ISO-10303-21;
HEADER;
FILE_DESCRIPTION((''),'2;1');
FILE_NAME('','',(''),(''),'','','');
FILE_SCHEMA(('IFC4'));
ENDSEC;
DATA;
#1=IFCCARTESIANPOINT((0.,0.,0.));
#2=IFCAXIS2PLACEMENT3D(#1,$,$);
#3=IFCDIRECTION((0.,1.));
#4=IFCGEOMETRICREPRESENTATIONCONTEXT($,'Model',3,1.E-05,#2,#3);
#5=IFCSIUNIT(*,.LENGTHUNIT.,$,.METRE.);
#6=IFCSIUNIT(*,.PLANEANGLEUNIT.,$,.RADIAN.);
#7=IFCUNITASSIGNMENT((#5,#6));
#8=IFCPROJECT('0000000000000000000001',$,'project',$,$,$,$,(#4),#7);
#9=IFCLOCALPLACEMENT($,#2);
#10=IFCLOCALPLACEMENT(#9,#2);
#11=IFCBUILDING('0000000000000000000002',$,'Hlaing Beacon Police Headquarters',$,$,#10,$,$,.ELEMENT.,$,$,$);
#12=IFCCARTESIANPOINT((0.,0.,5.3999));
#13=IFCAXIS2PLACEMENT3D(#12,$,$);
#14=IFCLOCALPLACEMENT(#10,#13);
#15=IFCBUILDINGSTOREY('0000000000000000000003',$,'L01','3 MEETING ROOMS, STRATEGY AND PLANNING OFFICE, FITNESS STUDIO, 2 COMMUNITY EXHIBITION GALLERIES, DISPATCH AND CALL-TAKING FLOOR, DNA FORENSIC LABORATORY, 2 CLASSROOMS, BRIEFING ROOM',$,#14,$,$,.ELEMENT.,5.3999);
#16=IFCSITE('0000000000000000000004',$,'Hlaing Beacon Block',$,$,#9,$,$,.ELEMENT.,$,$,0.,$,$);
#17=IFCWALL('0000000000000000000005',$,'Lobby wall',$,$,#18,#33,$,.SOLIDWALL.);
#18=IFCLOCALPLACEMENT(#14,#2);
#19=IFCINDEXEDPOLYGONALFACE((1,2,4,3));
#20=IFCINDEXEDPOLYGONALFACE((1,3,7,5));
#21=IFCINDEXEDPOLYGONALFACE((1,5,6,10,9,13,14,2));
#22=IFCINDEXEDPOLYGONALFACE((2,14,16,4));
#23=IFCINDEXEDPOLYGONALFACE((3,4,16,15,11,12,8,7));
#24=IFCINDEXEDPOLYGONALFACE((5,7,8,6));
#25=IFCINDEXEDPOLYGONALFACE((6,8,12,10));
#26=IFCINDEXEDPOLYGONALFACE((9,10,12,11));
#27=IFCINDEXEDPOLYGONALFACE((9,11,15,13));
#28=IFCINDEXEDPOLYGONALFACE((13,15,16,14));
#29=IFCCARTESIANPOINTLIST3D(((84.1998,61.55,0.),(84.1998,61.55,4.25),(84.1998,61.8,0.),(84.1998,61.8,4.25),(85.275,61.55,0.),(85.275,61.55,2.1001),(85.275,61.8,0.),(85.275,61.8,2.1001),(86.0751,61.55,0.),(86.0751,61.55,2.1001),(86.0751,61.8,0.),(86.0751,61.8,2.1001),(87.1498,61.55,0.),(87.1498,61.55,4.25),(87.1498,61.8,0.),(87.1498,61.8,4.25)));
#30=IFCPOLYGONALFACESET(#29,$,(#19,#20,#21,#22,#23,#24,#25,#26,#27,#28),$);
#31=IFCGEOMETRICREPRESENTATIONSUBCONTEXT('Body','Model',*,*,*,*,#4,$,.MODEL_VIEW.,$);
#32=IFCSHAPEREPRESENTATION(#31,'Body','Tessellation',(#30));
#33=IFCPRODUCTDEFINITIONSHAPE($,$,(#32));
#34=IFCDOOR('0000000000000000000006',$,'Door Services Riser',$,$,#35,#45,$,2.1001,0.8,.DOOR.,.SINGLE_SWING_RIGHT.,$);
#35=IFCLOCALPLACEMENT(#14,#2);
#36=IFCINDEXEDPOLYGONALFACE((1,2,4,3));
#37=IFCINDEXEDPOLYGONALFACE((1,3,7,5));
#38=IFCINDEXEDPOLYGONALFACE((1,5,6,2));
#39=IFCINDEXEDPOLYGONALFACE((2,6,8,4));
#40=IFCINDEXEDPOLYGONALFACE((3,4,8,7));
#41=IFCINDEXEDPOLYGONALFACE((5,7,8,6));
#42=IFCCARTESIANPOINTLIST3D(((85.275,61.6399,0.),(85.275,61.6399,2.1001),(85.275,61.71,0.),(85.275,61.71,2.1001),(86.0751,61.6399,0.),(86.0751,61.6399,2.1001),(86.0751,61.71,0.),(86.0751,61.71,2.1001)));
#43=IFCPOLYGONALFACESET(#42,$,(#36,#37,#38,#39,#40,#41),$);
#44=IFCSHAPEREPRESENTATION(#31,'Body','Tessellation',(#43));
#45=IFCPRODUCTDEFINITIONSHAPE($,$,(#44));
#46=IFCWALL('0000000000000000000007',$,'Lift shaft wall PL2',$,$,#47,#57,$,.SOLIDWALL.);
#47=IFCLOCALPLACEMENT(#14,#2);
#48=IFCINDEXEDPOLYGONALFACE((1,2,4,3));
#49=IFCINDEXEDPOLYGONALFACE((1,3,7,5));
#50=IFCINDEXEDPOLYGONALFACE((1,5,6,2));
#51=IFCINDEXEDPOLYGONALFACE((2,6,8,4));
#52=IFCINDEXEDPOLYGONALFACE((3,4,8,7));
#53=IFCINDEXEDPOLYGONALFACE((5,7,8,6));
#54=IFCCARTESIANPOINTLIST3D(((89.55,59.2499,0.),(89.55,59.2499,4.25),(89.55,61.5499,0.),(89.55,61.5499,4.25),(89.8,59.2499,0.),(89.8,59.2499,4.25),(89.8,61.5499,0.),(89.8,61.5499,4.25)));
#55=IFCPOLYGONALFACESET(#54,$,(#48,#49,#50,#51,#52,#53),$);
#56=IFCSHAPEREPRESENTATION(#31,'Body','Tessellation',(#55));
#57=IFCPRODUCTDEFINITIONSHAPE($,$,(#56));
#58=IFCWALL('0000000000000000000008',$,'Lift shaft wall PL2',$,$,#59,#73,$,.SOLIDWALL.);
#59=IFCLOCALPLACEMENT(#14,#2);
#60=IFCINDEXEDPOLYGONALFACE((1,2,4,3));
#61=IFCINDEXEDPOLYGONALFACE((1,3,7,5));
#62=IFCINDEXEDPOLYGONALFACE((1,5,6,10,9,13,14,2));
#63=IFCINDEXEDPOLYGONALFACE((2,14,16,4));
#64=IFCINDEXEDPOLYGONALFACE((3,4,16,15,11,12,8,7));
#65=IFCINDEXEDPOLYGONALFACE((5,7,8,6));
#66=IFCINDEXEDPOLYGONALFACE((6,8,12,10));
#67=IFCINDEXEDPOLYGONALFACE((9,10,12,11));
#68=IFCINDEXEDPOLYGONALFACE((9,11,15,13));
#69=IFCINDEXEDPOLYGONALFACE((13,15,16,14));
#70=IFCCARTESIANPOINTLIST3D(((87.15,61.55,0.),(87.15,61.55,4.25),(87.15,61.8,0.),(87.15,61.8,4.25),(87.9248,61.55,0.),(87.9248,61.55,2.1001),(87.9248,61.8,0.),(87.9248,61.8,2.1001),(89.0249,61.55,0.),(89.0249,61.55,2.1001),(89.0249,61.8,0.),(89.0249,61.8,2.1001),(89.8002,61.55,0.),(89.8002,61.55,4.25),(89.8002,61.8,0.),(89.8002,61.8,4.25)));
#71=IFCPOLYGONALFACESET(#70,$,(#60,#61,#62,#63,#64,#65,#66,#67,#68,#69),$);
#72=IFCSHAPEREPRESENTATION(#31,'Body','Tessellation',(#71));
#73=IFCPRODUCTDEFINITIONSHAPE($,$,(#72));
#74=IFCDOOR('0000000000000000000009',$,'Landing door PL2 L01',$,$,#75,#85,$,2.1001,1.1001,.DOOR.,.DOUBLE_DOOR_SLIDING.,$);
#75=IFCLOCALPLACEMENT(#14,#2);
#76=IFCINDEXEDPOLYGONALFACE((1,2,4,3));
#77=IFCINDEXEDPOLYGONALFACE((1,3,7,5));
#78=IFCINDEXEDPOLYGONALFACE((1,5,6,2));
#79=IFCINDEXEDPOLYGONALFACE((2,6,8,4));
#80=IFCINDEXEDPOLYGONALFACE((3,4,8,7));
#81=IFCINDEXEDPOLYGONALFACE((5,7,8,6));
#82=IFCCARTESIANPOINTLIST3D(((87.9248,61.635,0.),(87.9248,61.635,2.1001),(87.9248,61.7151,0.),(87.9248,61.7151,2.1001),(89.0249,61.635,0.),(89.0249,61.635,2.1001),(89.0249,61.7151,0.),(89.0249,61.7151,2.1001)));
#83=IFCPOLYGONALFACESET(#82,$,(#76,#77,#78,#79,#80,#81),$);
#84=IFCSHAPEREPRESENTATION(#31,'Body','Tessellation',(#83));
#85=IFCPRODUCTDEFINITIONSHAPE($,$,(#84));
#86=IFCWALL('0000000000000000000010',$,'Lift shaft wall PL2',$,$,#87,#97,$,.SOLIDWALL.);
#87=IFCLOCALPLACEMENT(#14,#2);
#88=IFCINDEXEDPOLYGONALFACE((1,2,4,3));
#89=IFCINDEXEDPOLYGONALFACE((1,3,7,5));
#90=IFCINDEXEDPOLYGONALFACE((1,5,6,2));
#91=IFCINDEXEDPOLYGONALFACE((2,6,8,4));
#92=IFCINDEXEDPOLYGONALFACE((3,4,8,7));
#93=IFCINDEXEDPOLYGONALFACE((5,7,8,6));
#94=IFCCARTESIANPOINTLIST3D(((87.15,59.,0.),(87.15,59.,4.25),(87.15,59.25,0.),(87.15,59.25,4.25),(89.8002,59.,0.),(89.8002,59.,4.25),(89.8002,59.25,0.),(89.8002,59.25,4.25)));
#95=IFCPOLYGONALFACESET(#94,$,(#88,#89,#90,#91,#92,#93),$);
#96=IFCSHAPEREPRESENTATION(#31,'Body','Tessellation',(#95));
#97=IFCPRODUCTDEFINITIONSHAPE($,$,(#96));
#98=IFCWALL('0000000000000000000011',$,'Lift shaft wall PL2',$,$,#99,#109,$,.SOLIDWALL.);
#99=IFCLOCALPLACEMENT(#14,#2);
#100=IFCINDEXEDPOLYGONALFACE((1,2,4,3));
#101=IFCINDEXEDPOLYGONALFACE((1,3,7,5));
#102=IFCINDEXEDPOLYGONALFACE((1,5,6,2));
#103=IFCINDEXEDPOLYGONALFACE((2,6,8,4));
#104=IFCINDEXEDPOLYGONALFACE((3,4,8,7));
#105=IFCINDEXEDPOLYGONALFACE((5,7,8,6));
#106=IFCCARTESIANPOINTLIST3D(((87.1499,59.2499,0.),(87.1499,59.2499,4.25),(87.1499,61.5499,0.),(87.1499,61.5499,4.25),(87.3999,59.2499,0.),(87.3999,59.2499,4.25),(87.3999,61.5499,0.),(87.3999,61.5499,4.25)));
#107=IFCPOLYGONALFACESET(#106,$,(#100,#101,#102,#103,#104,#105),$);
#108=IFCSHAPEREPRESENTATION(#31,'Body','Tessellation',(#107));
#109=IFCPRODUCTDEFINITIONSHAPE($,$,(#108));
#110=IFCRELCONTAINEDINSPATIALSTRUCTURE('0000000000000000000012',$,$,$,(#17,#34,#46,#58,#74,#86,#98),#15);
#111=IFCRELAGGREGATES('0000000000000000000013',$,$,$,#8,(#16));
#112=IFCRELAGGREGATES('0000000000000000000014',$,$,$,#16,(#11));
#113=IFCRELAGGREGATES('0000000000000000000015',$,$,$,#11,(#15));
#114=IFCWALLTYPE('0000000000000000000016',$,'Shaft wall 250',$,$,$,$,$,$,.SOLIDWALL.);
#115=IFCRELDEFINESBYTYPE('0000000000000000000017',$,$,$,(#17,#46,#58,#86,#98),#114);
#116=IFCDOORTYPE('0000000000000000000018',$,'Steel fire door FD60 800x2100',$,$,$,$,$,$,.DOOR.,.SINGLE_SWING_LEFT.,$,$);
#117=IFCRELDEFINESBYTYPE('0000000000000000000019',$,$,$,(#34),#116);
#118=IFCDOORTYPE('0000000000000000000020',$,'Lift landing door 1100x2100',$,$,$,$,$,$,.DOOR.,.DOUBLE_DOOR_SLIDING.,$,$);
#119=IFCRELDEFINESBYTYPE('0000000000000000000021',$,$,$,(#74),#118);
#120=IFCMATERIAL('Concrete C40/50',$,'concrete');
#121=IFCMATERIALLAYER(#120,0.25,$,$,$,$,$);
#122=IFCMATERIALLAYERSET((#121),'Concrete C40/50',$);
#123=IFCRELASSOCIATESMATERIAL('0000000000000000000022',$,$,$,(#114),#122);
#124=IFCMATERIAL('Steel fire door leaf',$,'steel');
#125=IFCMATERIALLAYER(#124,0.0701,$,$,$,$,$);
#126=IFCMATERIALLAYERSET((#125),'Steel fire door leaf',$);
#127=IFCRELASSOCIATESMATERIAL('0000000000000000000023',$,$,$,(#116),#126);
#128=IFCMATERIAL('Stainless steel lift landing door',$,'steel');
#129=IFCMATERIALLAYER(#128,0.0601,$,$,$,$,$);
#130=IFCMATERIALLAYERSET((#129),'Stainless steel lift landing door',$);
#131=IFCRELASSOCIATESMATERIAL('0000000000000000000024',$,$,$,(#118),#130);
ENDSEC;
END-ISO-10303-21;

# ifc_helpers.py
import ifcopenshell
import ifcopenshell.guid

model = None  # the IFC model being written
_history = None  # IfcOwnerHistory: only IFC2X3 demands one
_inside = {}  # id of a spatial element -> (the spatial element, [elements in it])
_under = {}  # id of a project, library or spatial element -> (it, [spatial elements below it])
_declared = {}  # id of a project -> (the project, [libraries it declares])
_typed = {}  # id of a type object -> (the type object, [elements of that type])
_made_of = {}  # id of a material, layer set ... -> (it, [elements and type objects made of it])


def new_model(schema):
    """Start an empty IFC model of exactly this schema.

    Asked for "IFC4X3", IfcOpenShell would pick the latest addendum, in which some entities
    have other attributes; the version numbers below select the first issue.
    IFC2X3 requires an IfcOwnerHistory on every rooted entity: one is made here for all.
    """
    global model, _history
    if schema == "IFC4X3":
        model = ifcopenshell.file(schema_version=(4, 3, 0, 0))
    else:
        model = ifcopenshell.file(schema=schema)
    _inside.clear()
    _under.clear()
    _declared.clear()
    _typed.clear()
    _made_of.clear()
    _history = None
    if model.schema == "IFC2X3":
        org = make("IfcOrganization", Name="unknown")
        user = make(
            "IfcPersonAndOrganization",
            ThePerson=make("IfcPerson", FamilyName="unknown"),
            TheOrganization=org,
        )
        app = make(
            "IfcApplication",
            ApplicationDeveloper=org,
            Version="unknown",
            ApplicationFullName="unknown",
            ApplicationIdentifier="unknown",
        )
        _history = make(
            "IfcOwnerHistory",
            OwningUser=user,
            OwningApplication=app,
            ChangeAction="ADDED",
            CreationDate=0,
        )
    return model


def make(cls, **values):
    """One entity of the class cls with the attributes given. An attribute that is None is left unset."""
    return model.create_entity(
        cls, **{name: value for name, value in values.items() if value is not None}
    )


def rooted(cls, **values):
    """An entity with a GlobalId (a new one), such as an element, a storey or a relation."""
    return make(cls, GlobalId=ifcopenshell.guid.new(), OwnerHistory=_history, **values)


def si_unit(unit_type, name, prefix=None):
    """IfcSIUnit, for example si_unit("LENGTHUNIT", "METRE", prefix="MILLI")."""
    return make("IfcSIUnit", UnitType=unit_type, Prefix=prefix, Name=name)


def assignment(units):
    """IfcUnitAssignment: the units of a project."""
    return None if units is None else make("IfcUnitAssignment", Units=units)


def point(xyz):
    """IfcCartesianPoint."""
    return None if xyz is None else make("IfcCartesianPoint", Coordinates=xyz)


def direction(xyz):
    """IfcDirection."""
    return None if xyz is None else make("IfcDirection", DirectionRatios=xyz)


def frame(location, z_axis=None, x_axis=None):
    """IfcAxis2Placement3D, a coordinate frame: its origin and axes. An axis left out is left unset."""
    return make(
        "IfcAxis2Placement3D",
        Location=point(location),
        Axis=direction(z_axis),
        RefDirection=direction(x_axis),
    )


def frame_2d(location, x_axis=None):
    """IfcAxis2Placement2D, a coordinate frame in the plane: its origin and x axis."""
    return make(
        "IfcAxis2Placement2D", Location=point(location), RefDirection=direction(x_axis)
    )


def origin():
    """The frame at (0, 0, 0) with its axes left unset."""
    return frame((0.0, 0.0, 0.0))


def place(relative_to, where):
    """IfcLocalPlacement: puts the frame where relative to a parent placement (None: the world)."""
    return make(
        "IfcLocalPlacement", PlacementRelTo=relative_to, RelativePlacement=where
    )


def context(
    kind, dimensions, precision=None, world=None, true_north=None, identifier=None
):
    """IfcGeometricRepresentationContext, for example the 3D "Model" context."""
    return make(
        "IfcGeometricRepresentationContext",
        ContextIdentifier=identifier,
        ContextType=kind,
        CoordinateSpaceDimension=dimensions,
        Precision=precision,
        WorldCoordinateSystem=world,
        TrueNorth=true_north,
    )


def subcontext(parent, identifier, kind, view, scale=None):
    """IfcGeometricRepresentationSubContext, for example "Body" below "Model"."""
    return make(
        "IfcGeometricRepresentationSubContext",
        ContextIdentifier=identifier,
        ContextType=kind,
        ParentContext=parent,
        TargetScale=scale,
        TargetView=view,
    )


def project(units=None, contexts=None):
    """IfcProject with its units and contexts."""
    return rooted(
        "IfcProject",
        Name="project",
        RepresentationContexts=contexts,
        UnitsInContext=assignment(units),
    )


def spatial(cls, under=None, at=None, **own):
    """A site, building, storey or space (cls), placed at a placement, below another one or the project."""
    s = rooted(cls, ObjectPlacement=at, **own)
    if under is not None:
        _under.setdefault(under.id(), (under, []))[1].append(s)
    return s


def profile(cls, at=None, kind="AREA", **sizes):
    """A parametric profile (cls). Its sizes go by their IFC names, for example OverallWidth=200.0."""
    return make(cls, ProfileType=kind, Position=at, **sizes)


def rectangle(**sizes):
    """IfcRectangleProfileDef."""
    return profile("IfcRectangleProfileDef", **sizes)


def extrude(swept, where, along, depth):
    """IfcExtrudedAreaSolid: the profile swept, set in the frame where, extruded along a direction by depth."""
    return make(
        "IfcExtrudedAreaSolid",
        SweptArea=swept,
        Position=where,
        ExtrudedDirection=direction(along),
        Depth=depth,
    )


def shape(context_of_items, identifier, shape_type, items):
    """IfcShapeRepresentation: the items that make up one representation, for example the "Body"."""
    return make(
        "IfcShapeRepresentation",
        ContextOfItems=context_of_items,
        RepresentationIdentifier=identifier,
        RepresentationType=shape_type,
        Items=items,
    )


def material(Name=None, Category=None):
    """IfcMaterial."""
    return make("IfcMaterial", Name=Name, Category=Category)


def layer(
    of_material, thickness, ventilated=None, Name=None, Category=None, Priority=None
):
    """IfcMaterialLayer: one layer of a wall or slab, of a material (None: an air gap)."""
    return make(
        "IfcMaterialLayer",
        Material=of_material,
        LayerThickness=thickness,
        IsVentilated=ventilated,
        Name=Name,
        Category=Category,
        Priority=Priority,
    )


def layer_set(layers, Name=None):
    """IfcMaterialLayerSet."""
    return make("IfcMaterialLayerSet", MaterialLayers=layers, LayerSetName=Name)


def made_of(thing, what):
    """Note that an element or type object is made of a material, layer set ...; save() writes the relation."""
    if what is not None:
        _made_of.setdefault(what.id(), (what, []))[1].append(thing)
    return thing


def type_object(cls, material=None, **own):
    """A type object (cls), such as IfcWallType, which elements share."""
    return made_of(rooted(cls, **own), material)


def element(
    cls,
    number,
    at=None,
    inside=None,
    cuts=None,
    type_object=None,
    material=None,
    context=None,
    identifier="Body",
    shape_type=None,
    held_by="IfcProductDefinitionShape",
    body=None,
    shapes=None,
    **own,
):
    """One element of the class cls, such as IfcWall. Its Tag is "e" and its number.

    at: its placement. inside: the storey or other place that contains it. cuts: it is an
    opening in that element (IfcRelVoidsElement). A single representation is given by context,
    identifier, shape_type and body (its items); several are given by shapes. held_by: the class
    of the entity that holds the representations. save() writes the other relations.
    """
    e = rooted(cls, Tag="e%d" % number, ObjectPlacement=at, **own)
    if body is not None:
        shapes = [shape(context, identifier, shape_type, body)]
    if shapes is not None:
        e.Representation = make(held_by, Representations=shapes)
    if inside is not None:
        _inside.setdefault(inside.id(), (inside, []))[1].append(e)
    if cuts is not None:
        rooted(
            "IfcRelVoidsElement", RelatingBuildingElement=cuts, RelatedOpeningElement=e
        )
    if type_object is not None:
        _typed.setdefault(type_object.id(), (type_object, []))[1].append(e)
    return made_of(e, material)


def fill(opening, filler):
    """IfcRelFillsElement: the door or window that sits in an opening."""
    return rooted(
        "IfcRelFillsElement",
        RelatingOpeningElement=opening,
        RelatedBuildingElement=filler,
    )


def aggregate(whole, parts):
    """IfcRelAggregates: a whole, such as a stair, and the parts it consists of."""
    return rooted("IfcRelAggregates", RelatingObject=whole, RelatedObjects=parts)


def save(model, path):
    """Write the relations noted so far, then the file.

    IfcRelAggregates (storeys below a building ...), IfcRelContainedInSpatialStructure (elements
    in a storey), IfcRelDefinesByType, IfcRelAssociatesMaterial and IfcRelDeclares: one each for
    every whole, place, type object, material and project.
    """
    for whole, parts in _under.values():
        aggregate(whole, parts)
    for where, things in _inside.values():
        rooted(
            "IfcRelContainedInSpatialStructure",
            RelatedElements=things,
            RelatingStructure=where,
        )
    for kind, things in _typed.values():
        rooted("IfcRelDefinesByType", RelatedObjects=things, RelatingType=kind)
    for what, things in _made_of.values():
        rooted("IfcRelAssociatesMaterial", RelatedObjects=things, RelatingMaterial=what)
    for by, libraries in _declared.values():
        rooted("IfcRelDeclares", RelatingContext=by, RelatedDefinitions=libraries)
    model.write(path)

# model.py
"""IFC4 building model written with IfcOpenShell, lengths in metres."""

from ifc_helpers import new_model, si_unit, direction, frame, frame_2d, origin, place, context, subcontext, project, spatial, rectangle, extrude, material, layer, layer_set, type_object, element, fill, save


model = new_model("IFC4")

# Units and contexts
model_context = context("Model", 3, precision=1e-05, world=origin(), true_north=direction((0.0, 1.0)))
body_context = subcontext(model_context, "Body", "Model", "MODEL_VIEW")
ifc_project = project(units=[si_unit("LENGTHUNIT", "METRE"), si_unit("PLANEANGLEUNIT", "RADIAN")], contexts=[model_context])

# Site, building, storey
site_placement = place(None, origin())
site = spatial("IfcSite", under=ifc_project, at=site_placement, Name="Hlaing Beacon Block", CompositionType="ELEMENT", RefElevation=0.0)
building_placement = place(site_placement, origin())
building = spatial("IfcBuilding", under=site, at=building_placement, Name="Hlaing Beacon Police Headquarters", CompositionType="ELEMENT")
storey_placement = place(building_placement, frame((0.0, 0.0, 5.3999)))
storey = spatial("IfcBuildingStorey", under=building, at=storey_placement, Name="L01", Description="3 MEETING ROOMS, STRATEGY AND PLANNING OFFICE, FITNESS STUDIO, 2 COMMUNITY EXHIBITION GALLERIES, DISPATCH AND CALL-TAKING FLOOR, DNA FORENSIC LABORATORY, 2 CLASSROOMS, BRIEFING ROOM", CompositionType="ELEMENT", Elevation=5.3999)

# Wall, opening, door
ifc_material_1 = material(Name="Concrete C40/50", Category="concrete")
ifc_layer_1 = layer(ifc_material_1, 0.25)
ifc_layer_set_1 = layer_set([ifc_layer_1], Name="Concrete C40/50")
wall_type_1 = type_object("IfcWallType", Name="Shaft wall 250", PredefinedType="SOLIDWALL", material=ifc_layer_set_1)
wall_1_placement = place(storey_placement, frame((87.1499, 61.675, 0.0), z_axis=(0.0, 0.0, 1.0), x_axis=(-1.0, 0.0, 0.0)))
wall_1 = element("IfcWall", 1, at=wall_1_placement, inside=storey, type_object=wall_type_1, Name="Lobby wall", PredefinedType="SOLIDWALL", context=body_context, shape_type="SweptSolid", body=[
    extrude(rectangle(XDim=2.95, YDim=0.25, at=frame_2d((1.4751, 0.0))), origin(), (0.0, 0.0, 1.0), 4.25),
])
opening_1_placement = place(wall_1_placement, frame((1.075, 0.0, 0.0)))
opening_1 = element("IfcOpeningElement", 2, at=opening_1_placement, cuts=wall_1, PredefinedType="OPENING", context=body_context, shape_type="SweptSolid", body=[
    extrude(rectangle(XDim=0.8, YDim=2.1001, at=frame_2d((0.3999, 1.05))), frame((0.0, 0.135, 0.0), z_axis=(0.0, -1.0, 0.0), x_axis=(1.0, 0.0, 0.0)), (0.0, 0.0, 1.0), 0.27),
])
ifc_material_2 = material(Name="Steel fire door leaf", Category="steel")
ifc_layer_2 = layer(ifc_material_2, 0.0701)
ifc_layer_set_2 = layer_set([ifc_layer_2], Name="Steel fire door leaf")
door_type_1 = type_object("IfcDoorType", Name="Steel fire door FD60 800x2100", OperationType="SINGLE_SWING_LEFT", PredefinedType="DOOR", material=ifc_layer_set_2)
door_1_placement = place(opening_1_placement, origin())
door_1 = element("IfcDoor", 3, at=door_1_placement, inside=storey, type_object=door_type_1, Name="Door Services Riser", OperationType="SINGLE_SWING_RIGHT", OverallHeight=2.1001, OverallWidth=0.8, PredefinedType="DOOR", context=body_context, shape_type="SweptSolid", body=[
    extrude(rectangle(XDim=0.8, YDim=2.1001, at=frame_2d((0.3999, 1.05))), frame((0.0, 0.0352, 0.0), z_axis=(0.0, -1.0, 0.0), x_axis=(1.0, 0.0, 0.0)), (0.0, 0.0, 1.0), 0.0701),
])
fill(opening_1, door_1)

# Wall
wall_2_placement = place(storey_placement, frame((89.675, 59.25, 0.0), z_axis=(0.0, 0.0, 1.0), x_axis=(0.0, 1.0, 0.0)))
element("IfcWall", 4, at=wall_2_placement, inside=storey, type_object=wall_type_1, Name="Lift shaft wall PL2", PredefinedType="SOLIDWALL", context=body_context, shape_type="SweptSolid", body=[
    extrude(rectangle(XDim=2.3, YDim=0.25, at=frame_2d((1.1499, 0.0))), origin(), (0.0, 0.0, 1.0), 4.25),
])

# Wall, opening, door
wall_3_placement = place(storey_placement, frame((87.1499, 61.675, 0.0), z_axis=(0.0, 0.0, 1.0), x_axis=(1.0, 0.0, 0.0)))
wall_3 = element("IfcWall", 5, at=wall_3_placement, inside=storey, type_object=wall_type_1, Name="Lift shaft wall PL2", PredefinedType="SOLIDWALL", context=body_context, shape_type="SweptSolid", body=[
    extrude(rectangle(XDim=2.6501, YDim=0.25, at=frame_2d((1.3252, 0.0))), origin(), (0.0, 0.0, 1.0), 4.25),
])
opening_2_placement = place(wall_3_placement, frame((0.7749, 0.0, 0.0)))
opening_2 = element("IfcOpeningElement", 6, at=opening_2_placement, cuts=wall_3, PredefinedType="OPENING", context=body_context, shape_type="SweptSolid", body=[
    extrude(rectangle(XDim=1.1001, YDim=2.1001, at=frame_2d((0.55, 1.05))), frame((0.0, 0.135, 0.0), z_axis=(0.0, -1.0, 0.0), x_axis=(1.0, 0.0, 0.0)), (0.0, 0.0, 1.0), 0.27),
])
ifc_material_3 = material(Name="Stainless steel lift landing door", Category="steel")
ifc_layer_3 = layer(ifc_material_3, 0.0601)
ifc_layer_set_3 = layer_set([ifc_layer_3], Name="Stainless steel lift landing door")
door_type_2 = type_object("IfcDoorType", Name="Lift landing door 1100x2100", OperationType="DOUBLE_DOOR_SLIDING", PredefinedType="DOOR", material=ifc_layer_set_3)
door_2_placement = place(opening_2_placement, origin())
door_2 = element("IfcDoor", 7, at=door_2_placement, inside=storey, type_object=door_type_2, Name="Landing door PL2 L01", OperationType="DOUBLE_DOOR_SLIDING", OverallHeight=2.1001, OverallWidth=1.1001, PredefinedType="DOOR", context=body_context, shape_type="SweptSolid", body=[
    extrude(rectangle(XDim=1.1001, YDim=2.1001, at=frame_2d((0.55, 1.05))), frame((0.0, 0.04, 0.0), z_axis=(0.0, -1.0, 0.0), x_axis=(1.0, 0.0, 0.0)), (0.0, 0.0, 1.0), 0.0801),
])
fill(opening_2, door_2)

# Walls
wall_4_placement = place(storey_placement, frame((87.1499, 59.125, 0.0), z_axis=(0.0, 0.0, 1.0), x_axis=(1.0, 0.0, 0.0)))
element("IfcWall", 8, at=wall_4_placement, inside=storey, type_object=wall_type_1, Name="Lift shaft wall PL2", PredefinedType="SOLIDWALL", context=body_context, shape_type="SweptSolid", body=[
    extrude(rectangle(XDim=2.6501, YDim=0.25, at=frame_2d((1.3252, 0.0))), origin(), (0.0, 0.0, 1.0), 4.25),
])
wall_5_placement = place(storey_placement, frame((87.2749, 59.25, 0.0), z_axis=(0.0, 0.0, 1.0), x_axis=(0.0, 1.0, 0.0)))
element("IfcWall", 9, at=wall_5_placement, inside=storey, type_object=wall_type_1, Name="Lift shaft wall PL2", PredefinedType="SOLIDWALL", context=body_context, shape_type="SweptSolid", body=[
    extrude(rectangle(XDim=2.3, YDim=0.25, at=frame_2d((1.1499, 0.0))), origin(), (0.0, 0.0, 1.0), 4.25),
])

save(model, "model.ifc")
